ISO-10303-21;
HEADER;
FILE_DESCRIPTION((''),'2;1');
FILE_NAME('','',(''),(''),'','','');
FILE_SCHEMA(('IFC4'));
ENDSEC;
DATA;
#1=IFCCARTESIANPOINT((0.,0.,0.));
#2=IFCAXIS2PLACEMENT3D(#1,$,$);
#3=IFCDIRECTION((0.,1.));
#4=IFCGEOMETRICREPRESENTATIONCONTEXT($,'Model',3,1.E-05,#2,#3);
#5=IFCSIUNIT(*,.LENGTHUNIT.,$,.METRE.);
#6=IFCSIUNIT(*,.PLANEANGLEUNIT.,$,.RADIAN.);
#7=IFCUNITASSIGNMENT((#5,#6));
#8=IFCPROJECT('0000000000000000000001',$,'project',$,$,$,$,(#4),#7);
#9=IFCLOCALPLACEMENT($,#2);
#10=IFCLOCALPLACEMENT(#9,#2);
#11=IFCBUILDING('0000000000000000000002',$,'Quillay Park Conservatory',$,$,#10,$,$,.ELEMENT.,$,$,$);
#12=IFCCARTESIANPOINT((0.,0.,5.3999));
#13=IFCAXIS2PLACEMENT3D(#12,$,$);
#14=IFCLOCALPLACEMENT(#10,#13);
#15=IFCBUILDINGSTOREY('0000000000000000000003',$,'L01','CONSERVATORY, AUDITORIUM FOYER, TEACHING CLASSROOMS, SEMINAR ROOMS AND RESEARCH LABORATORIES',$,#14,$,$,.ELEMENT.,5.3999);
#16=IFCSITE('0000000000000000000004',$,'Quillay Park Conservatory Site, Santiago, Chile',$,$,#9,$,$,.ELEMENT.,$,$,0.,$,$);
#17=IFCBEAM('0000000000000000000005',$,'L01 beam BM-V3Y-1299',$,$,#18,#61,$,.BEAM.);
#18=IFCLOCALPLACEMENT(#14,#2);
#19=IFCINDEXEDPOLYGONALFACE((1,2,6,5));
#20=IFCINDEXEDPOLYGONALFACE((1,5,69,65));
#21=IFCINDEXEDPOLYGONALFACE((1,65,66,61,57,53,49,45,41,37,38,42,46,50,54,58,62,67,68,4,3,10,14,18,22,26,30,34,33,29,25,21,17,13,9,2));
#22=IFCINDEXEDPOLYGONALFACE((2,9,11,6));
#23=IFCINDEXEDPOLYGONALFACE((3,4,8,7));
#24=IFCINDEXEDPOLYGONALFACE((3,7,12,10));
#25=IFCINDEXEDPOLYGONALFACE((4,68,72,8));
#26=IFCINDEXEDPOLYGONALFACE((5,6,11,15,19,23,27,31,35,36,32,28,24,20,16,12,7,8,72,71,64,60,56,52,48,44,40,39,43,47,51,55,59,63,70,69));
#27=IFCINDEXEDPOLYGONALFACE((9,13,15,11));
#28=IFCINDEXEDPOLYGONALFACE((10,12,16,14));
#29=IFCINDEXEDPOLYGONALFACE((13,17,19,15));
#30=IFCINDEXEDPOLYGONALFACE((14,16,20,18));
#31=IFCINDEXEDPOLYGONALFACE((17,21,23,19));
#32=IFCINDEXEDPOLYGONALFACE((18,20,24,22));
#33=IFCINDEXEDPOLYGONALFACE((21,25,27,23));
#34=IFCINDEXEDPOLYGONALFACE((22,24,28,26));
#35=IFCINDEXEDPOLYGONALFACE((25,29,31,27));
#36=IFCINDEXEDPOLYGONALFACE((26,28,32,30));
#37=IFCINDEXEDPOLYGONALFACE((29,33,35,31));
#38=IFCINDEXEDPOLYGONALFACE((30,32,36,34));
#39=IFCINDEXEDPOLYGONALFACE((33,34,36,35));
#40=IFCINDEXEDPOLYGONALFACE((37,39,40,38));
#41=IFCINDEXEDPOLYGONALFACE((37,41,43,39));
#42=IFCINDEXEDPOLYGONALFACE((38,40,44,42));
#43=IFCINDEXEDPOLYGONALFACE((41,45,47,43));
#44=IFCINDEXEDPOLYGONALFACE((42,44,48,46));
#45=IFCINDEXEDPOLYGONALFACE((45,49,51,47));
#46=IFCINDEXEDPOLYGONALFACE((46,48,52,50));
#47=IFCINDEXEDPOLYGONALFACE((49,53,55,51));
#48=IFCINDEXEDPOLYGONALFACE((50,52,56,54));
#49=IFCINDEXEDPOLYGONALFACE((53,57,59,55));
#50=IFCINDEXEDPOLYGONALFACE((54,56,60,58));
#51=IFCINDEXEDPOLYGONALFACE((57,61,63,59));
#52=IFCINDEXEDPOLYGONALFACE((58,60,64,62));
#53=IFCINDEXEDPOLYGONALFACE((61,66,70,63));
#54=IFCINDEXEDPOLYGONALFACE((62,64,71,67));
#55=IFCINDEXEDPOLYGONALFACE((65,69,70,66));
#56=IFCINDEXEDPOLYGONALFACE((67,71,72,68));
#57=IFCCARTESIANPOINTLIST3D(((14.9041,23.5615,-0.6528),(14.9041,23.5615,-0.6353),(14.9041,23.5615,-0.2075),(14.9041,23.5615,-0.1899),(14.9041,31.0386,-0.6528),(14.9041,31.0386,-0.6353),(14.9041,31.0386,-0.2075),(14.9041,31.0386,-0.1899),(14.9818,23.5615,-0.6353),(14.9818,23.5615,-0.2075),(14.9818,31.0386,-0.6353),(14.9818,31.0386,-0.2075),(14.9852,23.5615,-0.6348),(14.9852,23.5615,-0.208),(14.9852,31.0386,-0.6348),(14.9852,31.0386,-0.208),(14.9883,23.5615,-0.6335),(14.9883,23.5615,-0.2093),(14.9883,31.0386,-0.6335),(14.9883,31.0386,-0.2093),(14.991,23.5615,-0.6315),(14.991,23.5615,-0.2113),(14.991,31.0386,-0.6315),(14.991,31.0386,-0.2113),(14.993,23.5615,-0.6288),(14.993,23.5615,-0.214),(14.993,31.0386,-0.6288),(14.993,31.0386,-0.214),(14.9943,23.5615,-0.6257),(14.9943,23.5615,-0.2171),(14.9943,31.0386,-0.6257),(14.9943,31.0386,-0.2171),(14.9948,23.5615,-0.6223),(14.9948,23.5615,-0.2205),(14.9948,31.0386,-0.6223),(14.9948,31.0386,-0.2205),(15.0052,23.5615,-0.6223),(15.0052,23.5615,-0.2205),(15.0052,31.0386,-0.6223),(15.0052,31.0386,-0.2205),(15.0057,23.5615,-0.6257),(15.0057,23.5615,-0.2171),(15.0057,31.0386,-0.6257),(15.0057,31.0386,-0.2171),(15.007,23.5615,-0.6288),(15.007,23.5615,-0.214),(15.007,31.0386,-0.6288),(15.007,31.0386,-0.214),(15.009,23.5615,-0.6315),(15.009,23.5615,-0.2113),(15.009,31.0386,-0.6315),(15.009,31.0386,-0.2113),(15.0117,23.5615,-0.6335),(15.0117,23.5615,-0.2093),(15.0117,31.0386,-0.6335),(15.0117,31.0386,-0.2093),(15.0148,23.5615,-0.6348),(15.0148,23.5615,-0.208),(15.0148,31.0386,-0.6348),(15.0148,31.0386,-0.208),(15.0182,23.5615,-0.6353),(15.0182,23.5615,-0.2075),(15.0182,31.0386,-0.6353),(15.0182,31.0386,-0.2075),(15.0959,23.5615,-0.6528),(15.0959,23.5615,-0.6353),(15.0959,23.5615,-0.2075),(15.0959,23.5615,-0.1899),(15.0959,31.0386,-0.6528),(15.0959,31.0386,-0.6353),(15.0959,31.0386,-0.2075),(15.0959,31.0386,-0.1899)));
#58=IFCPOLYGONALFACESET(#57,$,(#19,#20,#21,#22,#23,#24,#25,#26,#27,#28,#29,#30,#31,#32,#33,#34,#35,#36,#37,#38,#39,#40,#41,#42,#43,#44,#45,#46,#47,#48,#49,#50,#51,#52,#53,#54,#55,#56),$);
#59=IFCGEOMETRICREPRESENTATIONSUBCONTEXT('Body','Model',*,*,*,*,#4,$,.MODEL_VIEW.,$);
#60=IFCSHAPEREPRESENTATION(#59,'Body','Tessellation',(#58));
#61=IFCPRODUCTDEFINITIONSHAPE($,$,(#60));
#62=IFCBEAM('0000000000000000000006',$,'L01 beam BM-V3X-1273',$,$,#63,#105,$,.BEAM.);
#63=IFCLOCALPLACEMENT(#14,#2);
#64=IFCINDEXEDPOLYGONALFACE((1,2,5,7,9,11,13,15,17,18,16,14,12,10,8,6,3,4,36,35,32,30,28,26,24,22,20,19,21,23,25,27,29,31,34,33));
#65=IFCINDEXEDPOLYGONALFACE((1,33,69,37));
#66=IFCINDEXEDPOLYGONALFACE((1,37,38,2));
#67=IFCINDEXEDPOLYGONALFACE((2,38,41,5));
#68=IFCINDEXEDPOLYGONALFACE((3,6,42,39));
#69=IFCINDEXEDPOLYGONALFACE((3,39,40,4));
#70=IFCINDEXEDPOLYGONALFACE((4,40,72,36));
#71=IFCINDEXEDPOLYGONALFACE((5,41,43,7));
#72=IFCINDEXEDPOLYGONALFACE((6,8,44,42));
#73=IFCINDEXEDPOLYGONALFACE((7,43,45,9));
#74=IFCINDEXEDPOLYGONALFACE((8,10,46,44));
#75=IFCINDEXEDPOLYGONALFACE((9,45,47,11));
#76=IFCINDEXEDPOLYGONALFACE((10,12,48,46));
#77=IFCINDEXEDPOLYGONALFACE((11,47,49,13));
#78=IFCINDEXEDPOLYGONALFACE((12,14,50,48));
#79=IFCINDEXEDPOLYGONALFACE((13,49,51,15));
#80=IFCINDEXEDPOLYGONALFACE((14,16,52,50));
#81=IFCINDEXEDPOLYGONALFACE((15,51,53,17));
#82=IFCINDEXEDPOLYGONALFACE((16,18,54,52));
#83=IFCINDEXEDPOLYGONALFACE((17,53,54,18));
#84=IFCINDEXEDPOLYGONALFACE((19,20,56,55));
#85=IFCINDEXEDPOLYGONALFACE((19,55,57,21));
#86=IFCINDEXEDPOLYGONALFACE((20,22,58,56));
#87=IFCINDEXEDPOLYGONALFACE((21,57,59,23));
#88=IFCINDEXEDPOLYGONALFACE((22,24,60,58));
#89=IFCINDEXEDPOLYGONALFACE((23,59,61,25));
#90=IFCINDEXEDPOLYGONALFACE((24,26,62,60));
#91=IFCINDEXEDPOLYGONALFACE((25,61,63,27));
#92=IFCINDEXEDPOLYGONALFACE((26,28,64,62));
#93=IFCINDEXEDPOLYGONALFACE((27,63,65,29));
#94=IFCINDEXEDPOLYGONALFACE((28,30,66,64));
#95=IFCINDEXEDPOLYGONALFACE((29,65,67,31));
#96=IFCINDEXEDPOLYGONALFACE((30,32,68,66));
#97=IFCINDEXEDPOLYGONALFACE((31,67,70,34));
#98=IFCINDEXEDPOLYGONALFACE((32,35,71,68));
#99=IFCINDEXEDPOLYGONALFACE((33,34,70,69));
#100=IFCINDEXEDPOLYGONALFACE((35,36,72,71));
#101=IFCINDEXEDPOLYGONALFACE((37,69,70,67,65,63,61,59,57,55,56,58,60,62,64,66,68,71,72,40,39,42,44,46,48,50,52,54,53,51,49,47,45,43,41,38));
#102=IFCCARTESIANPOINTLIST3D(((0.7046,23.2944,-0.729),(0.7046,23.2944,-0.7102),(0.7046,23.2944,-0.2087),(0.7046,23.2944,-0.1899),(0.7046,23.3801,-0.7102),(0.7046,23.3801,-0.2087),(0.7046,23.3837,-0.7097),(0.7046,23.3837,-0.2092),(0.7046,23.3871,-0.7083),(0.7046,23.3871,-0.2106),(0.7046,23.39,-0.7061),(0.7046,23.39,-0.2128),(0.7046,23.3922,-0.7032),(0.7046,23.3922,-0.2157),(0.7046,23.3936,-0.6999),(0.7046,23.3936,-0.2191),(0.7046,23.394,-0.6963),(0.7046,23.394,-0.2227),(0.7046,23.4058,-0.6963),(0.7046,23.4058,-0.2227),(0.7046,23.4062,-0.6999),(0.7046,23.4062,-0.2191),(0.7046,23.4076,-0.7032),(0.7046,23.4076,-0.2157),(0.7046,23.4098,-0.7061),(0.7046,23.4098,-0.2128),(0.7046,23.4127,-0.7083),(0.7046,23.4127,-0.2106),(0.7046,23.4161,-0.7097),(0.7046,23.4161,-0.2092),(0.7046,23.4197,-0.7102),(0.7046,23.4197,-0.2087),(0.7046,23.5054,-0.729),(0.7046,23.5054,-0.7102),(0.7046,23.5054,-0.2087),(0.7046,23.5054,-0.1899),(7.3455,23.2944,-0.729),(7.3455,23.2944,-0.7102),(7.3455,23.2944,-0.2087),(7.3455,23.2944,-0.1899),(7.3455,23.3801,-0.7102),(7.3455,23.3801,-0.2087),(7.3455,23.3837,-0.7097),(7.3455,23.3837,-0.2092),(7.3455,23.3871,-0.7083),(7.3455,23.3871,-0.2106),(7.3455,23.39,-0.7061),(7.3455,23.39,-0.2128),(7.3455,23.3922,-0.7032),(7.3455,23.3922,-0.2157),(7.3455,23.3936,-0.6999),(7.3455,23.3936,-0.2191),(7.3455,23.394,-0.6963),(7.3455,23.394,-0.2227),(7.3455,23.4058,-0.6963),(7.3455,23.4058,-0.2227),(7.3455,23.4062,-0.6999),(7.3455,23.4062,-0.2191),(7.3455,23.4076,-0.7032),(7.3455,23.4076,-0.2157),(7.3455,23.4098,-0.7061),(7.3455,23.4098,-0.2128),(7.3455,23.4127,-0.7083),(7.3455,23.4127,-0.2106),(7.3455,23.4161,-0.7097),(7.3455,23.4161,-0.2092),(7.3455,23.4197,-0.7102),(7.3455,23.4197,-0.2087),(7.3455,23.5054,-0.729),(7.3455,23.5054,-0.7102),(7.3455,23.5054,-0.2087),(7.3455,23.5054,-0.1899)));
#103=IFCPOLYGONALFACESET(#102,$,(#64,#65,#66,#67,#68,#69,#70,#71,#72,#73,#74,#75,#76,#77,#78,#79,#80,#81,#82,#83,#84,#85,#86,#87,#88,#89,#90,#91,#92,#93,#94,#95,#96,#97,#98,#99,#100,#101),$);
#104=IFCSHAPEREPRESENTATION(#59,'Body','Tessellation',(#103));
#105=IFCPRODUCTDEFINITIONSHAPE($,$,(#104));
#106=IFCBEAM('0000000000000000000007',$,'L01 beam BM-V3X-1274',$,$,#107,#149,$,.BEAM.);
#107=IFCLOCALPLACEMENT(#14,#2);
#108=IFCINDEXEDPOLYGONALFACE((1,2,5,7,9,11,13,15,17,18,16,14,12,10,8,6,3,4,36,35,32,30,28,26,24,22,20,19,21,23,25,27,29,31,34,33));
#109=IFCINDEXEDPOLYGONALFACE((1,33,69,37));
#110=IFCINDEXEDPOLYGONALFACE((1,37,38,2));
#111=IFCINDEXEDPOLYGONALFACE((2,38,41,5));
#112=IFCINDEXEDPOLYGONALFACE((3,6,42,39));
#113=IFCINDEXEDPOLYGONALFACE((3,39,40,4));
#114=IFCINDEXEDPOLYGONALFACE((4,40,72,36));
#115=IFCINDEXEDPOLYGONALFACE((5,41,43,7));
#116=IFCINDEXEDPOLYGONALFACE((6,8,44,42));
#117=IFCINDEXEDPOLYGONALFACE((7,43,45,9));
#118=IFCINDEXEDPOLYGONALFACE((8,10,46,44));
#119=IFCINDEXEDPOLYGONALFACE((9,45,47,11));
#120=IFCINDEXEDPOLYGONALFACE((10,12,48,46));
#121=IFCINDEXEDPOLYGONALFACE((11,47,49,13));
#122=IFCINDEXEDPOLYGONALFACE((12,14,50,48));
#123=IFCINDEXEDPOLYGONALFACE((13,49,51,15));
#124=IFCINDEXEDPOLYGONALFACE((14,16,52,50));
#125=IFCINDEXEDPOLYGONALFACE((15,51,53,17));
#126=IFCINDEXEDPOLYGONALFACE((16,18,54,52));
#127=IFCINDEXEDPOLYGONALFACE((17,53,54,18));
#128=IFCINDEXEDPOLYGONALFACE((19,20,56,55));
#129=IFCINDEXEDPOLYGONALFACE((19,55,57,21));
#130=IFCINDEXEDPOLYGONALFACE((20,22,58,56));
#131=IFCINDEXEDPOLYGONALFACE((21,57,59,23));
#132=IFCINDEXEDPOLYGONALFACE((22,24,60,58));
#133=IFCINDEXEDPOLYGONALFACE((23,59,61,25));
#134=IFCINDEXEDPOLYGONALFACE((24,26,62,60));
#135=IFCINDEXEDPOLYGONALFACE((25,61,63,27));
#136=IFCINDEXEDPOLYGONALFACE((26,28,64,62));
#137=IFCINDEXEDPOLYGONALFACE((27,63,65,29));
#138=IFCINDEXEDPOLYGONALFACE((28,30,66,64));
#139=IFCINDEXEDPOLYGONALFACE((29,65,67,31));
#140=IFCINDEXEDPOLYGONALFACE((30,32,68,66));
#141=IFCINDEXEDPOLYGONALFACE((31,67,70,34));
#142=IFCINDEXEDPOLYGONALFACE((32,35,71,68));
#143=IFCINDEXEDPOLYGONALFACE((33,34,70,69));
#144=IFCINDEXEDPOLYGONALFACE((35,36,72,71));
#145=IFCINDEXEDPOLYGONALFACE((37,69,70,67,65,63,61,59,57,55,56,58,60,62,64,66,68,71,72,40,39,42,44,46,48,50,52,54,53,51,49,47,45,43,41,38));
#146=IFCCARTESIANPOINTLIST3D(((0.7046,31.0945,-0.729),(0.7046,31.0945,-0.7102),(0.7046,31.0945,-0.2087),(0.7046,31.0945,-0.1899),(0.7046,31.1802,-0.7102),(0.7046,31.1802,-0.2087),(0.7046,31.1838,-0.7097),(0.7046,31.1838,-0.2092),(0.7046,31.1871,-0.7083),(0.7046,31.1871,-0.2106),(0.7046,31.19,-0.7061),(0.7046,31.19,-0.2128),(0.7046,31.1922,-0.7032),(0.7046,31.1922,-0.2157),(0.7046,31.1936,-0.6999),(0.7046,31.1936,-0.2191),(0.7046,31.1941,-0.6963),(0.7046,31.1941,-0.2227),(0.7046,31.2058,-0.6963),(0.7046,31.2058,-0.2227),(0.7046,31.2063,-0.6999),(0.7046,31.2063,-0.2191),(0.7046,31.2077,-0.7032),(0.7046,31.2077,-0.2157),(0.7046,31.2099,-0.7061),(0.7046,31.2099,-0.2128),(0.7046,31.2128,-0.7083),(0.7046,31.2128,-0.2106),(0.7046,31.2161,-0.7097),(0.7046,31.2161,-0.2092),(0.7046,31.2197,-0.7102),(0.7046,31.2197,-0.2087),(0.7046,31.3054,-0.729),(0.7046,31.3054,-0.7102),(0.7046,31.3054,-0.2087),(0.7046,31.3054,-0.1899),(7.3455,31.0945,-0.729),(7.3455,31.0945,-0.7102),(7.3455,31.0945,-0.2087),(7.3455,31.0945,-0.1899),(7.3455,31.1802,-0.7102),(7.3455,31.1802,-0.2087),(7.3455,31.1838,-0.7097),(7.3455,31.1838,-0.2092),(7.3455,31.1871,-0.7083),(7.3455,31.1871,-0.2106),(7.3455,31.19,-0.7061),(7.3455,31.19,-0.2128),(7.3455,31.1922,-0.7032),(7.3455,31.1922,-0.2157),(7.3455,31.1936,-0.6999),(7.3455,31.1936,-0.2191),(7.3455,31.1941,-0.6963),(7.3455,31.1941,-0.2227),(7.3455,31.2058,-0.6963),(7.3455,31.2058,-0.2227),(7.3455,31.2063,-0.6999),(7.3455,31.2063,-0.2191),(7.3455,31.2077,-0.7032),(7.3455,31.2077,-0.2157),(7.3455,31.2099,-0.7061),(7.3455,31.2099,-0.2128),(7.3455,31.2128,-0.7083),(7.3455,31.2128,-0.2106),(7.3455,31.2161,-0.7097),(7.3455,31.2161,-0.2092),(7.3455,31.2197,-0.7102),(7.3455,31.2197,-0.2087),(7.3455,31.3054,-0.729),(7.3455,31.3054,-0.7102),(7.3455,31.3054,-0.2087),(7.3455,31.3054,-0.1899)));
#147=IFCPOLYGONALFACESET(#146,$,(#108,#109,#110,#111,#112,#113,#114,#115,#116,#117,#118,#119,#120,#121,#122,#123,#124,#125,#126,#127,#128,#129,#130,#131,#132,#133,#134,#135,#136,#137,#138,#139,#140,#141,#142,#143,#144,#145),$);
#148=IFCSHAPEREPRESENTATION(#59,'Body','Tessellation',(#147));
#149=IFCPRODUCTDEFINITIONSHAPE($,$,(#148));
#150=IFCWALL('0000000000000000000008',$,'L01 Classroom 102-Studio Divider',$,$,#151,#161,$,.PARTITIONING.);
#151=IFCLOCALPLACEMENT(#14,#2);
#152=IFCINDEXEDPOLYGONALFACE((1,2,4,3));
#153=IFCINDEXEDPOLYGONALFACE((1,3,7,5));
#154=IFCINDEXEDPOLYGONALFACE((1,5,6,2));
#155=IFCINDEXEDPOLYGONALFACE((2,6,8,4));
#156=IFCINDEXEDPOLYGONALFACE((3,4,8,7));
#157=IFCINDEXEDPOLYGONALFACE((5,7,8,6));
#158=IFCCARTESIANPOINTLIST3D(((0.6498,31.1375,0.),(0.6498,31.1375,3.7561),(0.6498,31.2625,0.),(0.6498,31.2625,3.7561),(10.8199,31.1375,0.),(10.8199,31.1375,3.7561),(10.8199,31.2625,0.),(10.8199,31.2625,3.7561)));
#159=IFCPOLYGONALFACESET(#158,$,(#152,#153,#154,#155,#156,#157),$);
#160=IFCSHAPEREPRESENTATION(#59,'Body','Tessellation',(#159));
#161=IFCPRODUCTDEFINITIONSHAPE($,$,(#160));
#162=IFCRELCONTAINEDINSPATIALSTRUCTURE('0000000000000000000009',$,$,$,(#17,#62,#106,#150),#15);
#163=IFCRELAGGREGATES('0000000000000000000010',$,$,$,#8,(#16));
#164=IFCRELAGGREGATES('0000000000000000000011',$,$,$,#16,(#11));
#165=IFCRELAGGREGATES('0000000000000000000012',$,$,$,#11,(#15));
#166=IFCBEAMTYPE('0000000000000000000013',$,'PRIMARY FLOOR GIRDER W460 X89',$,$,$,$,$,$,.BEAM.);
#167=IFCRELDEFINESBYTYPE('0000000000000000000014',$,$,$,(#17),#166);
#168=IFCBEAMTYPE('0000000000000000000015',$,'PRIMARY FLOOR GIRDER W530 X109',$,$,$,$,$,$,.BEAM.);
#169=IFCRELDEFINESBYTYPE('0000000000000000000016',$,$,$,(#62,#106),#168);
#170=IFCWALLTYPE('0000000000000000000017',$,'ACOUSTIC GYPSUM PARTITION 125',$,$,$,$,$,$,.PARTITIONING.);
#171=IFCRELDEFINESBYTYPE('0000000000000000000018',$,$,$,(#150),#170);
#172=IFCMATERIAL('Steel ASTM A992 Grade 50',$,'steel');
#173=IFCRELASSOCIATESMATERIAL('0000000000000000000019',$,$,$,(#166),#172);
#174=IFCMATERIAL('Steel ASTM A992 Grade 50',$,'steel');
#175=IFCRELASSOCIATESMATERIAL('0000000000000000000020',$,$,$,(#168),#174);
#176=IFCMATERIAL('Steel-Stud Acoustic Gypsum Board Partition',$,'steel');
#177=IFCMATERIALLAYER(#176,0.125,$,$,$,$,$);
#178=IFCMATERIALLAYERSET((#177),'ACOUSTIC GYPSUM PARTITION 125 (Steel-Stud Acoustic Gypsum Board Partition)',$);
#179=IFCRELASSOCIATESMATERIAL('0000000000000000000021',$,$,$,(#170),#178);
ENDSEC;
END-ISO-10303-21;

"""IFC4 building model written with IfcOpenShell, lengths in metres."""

from ifc_helpers import new_model, si_unit, direction, frame, frame_2d, origin, origin_2d, place, context, subcontext, project, spatial, rectangle, i_section, extrude, material, layer, layer_set, material_profile, profile_set, type_object, element, save


model = new_model("IFC4")

# Units and contexts
model_context = context("Model", 3, precision=1e-05, world=origin(), true_north=direction((0.0, 1.0)))
body_context = subcontext(model_context, "Body", "Model", "MODEL_VIEW")
ifc_project = project(units=[si_unit("LENGTHUNIT", "METRE"), si_unit("PLANEANGLEUNIT", "RADIAN")], contexts=[model_context])

# Site, building, storey
site_placement = place(None, origin())
site = spatial("IfcSite", under=ifc_project, at=site_placement, Name="Quillay Park Conservatory Site, Santiago, Chile", CompositionType="ELEMENT", RefElevation=0.0)
building_placement = place(site_placement, origin())
building = spatial("IfcBuilding", under=site, at=building_placement, Name="Quillay Park Conservatory", CompositionType="ELEMENT")
storey_placement = place(building_placement, frame((0.0, 0.0, 5.3999)))
storey = spatial("IfcBuildingStorey", under=building, at=storey_placement, Name="L01", Description="CONSERVATORY, AUDITORIUM FOYER, TEACHING CLASSROOMS, SEMINAR ROOMS AND RESEARCH LABORATORIES", CompositionType="ELEMENT", Elevation=5.3999)

# Beams
ifc_material_1 = material(Name="Steel ASTM A992 Grade 50", Category="steel")
ifc_material_profile_1 = material_profile(ifc_material_1, i_section(OverallWidth=0.1919, OverallDepth=0.4629, WebThickness=0.0105, FlangeThickness=0.0176, FilletRadius=0.0129, at=origin_2d()), Name="W460x89")
ifc_profile_set_1 = profile_set([ifc_material_profile_1], Name="Steel ASTM A992 Grade 50")
beam_type_1 = type_object("IfcBeamType", Name="PRIMARY FLOOR GIRDER W460 X89", PredefinedType="BEAM", material=ifc_profile_set_1)
beam_1_placement = place(storey_placement, frame((15.0, 23.5615, -0.4214), z_axis=(0.0, 1.0, 0.0), x_axis=(-1.0, 0.0, 0.0)))
element("IfcBeam", 1, at=beam_1_placement, inside=storey, type_object=beam_type_1, Name="L01 beam BM-V3Y-1299", PredefinedType="BEAM", context=body_context, shape_type="SweptSolid", body=[
    extrude(i_section(OverallWidth=0.1919, OverallDepth=0.4629, WebThickness=0.0105, FlangeThickness=0.0176, FilletRadius=0.0129, at=origin_2d()), origin(), (0.0, 0.0, 1.0), 7.4771),
])
ifc_material_2 = material(Name="Steel ASTM A992 Grade 50", Category="steel")
ifc_material_profile_2 = material_profile(ifc_material_2, i_section(OverallWidth=0.2109, OverallDepth=0.5391, WebThickness=0.0117, FlangeThickness=0.0188, FilletRadius=0.0139, at=origin_2d()), Name="W530x109")
ifc_profile_set_2 = profile_set([ifc_material_profile_2], Name="Steel ASTM A992 Grade 50")
beam_type_2 = type_object("IfcBeamType", Name="PRIMARY FLOOR GIRDER W530 X109", PredefinedType="BEAM", material=ifc_profile_set_2)
for number, where, z_axis, x_axis, name in (
    (2, (0.7046, 23.3999, -0.4595), (1.0, 0.0, 0.0), (0.0, 1.0, 0.0), "L01 beam BM-V3X-1273"),
    (3, (0.7046, 31.2, -0.4595), (1.0, 0.0, 0.0), (0.0, 1.0, 0.0), "L01 beam BM-V3X-1274"),
):
    element("IfcBeam", number, at=place(storey_placement, frame(where, z_axis=z_axis, x_axis=x_axis)), inside=storey, type_object=beam_type_2, Name=name, PredefinedType="BEAM", context=body_context, shape_type="SweptSolid", body=[
        extrude(i_section(OverallWidth=0.2109, OverallDepth=0.5391, WebThickness=0.0117, FlangeThickness=0.0188, FilletRadius=0.0139, at=origin_2d()), origin(), (0.0, 0.0, 1.0), 6.6409),
    ])

# Wall
ifc_material_3 = material(Name="Steel-Stud Acoustic Gypsum Board Partition", Category="steel")
ifc_layer_1 = layer(ifc_material_3, 0.125)
ifc_layer_set_1 = layer_set([ifc_layer_1], Name="ACOUSTIC GYPSUM PARTITION 125 (Steel-Stud Acoustic Gypsum Board Partition)")
wall_type_1 = type_object("IfcWallType", Name="ACOUSTIC GYPSUM PARTITION 125", PredefinedType="PARTITIONING", material=ifc_layer_set_1)
wall_1_placement = place(storey_placement, frame((0.6499, 31.2, 0.0), z_axis=(0.0, 0.0, 1.0), x_axis=(1.0, 0.0, 0.0)))
element("IfcWall", 4, at=wall_1_placement, inside=storey, type_object=wall_type_1, Name="L01 Classroom 102-Studio Divider", PredefinedType="PARTITIONING", context=body_context, shape_type="SweptSolid", body=[
    extrude(rectangle(XDim=10.1702, YDim=0.125, at=frame_2d((5.085, 0.0))), origin(), (0.0, 0.0, 1.0), 3.7561),
])

save(model, "model.ifc")
